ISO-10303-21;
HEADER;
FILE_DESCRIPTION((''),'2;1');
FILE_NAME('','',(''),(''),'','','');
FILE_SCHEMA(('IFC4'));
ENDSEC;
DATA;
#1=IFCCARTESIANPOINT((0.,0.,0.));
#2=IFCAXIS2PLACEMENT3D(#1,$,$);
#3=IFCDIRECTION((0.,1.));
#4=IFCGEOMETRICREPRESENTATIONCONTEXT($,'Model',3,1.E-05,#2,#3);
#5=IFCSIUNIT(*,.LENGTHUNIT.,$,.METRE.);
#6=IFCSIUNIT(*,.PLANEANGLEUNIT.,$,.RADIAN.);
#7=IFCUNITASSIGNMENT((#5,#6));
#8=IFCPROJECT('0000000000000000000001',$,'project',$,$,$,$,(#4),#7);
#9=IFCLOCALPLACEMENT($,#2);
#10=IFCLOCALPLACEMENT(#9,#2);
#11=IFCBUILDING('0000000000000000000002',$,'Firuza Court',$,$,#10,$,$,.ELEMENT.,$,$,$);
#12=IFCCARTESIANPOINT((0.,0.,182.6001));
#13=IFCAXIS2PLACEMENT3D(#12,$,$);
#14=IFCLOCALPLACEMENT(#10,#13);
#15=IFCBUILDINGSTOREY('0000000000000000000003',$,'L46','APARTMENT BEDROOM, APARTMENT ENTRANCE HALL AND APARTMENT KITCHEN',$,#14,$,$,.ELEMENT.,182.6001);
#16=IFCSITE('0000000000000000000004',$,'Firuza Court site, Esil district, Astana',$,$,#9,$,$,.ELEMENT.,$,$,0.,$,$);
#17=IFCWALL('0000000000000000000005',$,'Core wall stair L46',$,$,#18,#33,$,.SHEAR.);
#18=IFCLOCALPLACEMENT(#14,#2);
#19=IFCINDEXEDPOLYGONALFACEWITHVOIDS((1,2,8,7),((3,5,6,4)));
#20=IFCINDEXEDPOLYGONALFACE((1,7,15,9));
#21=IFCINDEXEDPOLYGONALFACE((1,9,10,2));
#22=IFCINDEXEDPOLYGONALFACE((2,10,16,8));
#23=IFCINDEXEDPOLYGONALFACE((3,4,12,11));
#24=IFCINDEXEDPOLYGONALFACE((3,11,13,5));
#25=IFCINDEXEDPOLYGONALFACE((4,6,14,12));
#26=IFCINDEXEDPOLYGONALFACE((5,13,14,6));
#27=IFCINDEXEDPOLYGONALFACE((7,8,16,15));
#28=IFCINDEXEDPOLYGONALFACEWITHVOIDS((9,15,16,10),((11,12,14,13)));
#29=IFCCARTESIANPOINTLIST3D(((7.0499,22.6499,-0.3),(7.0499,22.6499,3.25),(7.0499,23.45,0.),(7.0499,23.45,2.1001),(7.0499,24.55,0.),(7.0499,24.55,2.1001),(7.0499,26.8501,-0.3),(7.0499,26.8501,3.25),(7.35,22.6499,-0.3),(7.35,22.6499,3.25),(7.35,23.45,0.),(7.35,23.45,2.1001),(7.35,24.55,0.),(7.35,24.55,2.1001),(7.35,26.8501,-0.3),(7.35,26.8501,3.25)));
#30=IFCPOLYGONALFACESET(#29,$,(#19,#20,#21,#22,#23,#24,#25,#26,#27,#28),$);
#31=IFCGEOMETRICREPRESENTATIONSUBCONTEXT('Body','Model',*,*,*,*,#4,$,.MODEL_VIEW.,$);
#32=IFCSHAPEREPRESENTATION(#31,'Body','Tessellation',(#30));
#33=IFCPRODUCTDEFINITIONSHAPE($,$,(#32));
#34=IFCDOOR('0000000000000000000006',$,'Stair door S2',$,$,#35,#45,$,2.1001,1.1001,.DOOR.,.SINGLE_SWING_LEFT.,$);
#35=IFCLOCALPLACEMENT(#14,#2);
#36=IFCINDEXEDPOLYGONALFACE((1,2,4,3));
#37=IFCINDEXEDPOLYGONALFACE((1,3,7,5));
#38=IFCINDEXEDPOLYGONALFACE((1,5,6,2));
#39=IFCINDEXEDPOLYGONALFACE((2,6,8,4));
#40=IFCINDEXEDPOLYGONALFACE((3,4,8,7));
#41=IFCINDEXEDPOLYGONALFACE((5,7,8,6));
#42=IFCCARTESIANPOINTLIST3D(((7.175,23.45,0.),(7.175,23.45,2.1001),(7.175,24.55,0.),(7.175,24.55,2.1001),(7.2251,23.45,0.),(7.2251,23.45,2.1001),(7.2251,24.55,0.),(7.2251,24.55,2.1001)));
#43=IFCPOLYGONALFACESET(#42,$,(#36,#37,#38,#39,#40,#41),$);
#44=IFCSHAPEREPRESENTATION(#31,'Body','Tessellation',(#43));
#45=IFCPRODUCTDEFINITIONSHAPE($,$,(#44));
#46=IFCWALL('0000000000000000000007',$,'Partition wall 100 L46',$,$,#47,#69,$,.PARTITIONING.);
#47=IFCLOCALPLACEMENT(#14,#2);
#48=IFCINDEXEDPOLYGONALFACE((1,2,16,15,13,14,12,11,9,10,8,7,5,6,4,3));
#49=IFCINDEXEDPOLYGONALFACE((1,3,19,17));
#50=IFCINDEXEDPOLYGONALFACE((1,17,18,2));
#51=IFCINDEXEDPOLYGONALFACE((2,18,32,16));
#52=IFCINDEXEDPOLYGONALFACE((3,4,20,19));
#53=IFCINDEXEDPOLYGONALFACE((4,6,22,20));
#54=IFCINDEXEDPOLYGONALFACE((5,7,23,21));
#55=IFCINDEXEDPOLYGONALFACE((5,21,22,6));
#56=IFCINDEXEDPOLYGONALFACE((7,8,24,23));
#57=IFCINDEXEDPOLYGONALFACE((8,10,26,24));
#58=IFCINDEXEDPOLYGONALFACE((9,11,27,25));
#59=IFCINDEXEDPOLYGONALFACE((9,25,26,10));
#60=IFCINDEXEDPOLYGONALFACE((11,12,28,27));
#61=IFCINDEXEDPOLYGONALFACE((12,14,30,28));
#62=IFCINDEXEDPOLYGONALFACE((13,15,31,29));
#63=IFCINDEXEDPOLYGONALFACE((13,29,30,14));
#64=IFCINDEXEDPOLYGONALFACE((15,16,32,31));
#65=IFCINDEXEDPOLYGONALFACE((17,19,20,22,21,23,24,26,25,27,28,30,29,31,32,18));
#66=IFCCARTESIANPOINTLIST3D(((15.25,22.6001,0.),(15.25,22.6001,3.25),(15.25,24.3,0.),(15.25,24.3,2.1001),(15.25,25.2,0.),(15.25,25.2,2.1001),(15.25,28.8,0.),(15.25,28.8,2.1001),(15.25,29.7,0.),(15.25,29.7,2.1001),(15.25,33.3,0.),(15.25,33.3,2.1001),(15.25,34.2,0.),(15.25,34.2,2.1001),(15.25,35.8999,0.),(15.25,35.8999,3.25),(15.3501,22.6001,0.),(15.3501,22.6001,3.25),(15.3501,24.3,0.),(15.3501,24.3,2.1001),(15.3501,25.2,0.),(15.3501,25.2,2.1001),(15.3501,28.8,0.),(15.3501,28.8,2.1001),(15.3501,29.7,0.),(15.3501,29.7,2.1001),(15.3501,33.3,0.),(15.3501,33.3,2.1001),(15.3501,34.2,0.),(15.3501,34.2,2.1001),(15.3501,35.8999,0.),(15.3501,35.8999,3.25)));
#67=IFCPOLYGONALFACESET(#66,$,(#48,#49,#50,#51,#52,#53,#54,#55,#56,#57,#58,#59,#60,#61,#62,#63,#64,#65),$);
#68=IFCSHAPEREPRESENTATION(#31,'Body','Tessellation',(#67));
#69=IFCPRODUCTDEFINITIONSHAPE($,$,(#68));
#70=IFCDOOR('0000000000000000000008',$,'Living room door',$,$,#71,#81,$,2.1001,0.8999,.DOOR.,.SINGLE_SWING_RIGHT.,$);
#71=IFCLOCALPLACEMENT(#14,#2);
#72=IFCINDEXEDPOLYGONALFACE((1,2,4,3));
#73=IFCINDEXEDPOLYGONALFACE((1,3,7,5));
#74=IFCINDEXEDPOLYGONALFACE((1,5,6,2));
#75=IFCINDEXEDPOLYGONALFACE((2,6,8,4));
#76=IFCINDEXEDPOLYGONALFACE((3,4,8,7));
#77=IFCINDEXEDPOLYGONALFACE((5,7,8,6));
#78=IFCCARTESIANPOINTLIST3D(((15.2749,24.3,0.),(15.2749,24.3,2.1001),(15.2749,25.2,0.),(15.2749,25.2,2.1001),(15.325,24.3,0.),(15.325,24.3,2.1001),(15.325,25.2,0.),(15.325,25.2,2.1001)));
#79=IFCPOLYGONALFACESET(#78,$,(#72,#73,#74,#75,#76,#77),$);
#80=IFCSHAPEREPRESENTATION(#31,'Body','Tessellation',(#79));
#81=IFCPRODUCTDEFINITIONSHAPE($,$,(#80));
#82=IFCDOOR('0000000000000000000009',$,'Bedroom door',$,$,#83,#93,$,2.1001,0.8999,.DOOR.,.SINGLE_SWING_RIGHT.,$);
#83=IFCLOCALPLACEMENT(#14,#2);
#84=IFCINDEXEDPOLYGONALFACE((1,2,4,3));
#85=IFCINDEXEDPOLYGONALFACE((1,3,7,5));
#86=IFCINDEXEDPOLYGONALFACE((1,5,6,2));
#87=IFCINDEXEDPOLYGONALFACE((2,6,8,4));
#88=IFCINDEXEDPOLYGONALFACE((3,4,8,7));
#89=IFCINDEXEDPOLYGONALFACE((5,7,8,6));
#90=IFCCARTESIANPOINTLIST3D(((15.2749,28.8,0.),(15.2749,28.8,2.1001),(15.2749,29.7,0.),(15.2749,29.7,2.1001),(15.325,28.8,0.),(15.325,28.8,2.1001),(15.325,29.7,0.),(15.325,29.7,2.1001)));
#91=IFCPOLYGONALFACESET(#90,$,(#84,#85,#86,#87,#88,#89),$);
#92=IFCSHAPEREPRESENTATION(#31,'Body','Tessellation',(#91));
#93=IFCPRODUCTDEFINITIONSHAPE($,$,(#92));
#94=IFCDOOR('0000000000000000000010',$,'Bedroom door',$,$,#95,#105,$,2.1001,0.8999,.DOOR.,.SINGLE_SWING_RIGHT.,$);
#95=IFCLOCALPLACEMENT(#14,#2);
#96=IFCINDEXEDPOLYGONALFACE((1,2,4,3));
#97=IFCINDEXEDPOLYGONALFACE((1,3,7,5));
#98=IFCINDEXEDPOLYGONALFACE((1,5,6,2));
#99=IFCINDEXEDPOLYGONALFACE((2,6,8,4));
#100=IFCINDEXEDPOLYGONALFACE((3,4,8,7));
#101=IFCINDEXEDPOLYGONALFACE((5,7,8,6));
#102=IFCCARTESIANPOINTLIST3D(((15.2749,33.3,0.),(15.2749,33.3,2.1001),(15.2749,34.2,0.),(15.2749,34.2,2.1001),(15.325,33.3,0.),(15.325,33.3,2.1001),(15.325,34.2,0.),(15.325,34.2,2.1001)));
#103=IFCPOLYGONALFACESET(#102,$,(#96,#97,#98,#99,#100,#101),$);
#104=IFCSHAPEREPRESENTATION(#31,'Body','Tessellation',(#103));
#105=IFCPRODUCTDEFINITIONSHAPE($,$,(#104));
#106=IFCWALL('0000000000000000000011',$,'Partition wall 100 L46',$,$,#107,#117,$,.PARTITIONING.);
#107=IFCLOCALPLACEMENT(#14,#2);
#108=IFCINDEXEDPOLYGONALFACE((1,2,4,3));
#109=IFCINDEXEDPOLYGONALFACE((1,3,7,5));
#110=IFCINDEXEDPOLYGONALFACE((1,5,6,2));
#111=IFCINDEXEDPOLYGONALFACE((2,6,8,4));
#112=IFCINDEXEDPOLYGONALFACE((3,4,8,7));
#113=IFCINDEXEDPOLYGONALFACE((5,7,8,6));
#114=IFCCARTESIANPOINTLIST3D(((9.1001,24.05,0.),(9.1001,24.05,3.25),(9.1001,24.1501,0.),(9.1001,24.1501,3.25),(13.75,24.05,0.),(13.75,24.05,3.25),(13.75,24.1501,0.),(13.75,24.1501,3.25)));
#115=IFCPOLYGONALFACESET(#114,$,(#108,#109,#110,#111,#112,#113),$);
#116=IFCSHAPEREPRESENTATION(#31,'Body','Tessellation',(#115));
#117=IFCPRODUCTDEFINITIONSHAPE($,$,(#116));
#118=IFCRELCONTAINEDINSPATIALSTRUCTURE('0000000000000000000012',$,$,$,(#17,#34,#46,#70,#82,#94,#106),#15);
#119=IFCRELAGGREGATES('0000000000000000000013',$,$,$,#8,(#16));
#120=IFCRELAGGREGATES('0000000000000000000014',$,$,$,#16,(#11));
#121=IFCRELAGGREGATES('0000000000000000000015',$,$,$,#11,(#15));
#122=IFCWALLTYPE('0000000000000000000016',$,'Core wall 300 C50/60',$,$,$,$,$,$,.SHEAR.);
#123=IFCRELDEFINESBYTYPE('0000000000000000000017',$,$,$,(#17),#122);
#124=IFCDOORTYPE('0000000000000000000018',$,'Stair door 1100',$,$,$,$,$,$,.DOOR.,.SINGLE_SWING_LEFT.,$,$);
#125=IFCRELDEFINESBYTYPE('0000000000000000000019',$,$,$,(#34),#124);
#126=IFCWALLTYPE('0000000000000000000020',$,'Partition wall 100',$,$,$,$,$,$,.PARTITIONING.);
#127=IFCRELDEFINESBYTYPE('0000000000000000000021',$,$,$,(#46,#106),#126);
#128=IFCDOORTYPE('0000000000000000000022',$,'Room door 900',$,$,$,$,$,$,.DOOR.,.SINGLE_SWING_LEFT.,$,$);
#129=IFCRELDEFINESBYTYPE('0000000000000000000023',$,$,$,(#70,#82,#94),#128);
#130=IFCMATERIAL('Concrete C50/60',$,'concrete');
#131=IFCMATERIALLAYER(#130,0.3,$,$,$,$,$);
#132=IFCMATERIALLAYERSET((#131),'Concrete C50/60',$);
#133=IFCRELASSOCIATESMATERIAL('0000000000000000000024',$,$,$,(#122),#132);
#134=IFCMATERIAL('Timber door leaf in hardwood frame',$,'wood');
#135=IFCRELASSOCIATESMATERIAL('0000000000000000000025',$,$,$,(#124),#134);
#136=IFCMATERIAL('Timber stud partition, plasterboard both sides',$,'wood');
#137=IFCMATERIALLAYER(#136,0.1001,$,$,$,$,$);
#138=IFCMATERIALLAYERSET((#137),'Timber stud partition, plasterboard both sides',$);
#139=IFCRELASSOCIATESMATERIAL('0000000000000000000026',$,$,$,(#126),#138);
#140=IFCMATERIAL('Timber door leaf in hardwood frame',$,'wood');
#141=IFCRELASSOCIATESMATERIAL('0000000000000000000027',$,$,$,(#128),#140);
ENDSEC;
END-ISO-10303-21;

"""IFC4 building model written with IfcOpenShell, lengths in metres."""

from ifc_helpers import new_model, si_unit, direction, frame, frame_2d, origin, place, context, subcontext, project, spatial, rectangle, extrude, material, layer, layer_set, type_object, element, fill, save


model = new_model("IFC4")

# Units and contexts
model_context = context("Model", 3, precision=1e-05, world=origin(), true_north=direction((0.0, 1.0)))
body_context = subcontext(model_context, "Body", "Model", "MODEL_VIEW")
ifc_project = project(units=[si_unit("LENGTHUNIT", "METRE"), si_unit("PLANEANGLEUNIT", "RADIAN")], contexts=[model_context])

# Site, building, storey
site_placement = place(None, origin())
site = spatial("IfcSite", under=ifc_project, at=site_placement, Name="Firuza Court site, Esil district, Astana", CompositionType="ELEMENT", RefElevation=0.0)
building_placement = place(site_placement, origin())
building = spatial("IfcBuilding", under=site, at=building_placement, Name="Firuza Court", CompositionType="ELEMENT")
storey_placement = place(building_placement, frame((0.0, 0.0, 182.6001)))
storey = spatial("IfcBuildingStorey", under=building, at=storey_placement, Name="L46", Description="APARTMENT BEDROOM, APARTMENT ENTRANCE HALL AND APARTMENT KITCHEN", CompositionType="ELEMENT", Elevation=182.6001)

# Wall, opening, door
ifc_material_1 = material(Name="Concrete C50/60", Category="concrete")
ifc_layer_1 = layer(ifc_material_1, 0.3)
ifc_layer_set_1 = layer_set([ifc_layer_1], Name="Concrete C50/60")
wall_type_1 = type_object("IfcWallType", Name="Core wall 300 C50/60", PredefinedType="SHEAR", material=ifc_layer_set_1)
wall_1_placement = place(storey_placement, frame((7.2, 22.6499, -0.3), z_axis=(0.0, 0.0, 1.0), x_axis=(0.0, 1.0, 0.0)))
wall_1 = element("IfcWall", 1, at=wall_1_placement, inside=storey, type_object=wall_type_1, Name="Core wall stair L46", PredefinedType="SHEAR", context=body_context, shape_type="SweptSolid", body=[
    extrude(rectangle(XDim=4.2002, YDim=0.3, at=frame_2d((2.1001, 0.0))), origin(), (0.0, 0.0, 1.0), 3.55),
])
opening_1_placement = place(wall_1_placement, frame((0.8, 0.0, 0.3)))
opening_1 = element("IfcOpeningElement", 2, at=opening_1_placement, cuts=wall_1, PredefinedType="OPENING", context=body_context, shape_type="SweptSolid", body=[
    extrude(rectangle(XDim=1.1001, YDim=2.1001, at=frame_2d((0.55, 1.05))), frame((0.0, 0.1621, 0.0), z_axis=(0.0, -1.0, 0.0), x_axis=(1.0, 0.0, 0.0)), (0.0, 0.0, 1.0), 0.324),
])
ifc_material_2 = material(Name="Timber door leaf in hardwood frame", Category="wood")
door_type_1 = type_object("IfcDoorType", Name="Stair door 1100", OperationType="SINGLE_SWING_LEFT", PredefinedType="DOOR", material=ifc_material_2)
door_1_placement = place(opening_1_placement, origin())
door_1 = element("IfcDoor", 3, at=door_1_placement, inside=storey, type_object=door_type_1, Name="Stair door S2", OperationType="SINGLE_SWING_LEFT", OverallHeight=2.1001, OverallWidth=1.1001, PredefinedType="DOOR", context=body_context, shape_type="SweptSolid", body=[
    extrude(rectangle(XDim=1.1001, YDim=2.1001, at=frame_2d((0.55, 1.05))), frame((0.0, 0.0249, 0.0), z_axis=(0.0, -1.0, 0.0), x_axis=(1.0, 0.0, 0.0)), (0.0, 0.0, 1.0), 0.05),
])
fill(opening_1, door_1)

# Wall, openings, doors
ifc_material_3 = material(Name="Timber stud partition, plasterboard both sides", Category="wood")
ifc_layer_2 = layer(ifc_material_3, 0.1001)
ifc_layer_set_2 = layer_set([ifc_layer_2], Name="Timber stud partition, plasterboard both sides")
wall_type_2 = type_object("IfcWallType", Name="Partition wall 100", PredefinedType="PARTITIONING", material=ifc_layer_set_2)
wall_2_placement = place(storey_placement, frame((15.3, 22.6001, 0.0), z_axis=(0.0, 0.0, 1.0), x_axis=(0.0, 1.0, 0.0)))
wall_2 = element("IfcWall", 4, at=wall_2_placement, inside=storey, type_object=wall_type_2, Name="Partition wall 100 L46", PredefinedType="PARTITIONING", context=body_context, shape_type="SweptSolid", body=[
    extrude(rectangle(XDim=13.2998, YDim=0.1001, at=frame_2d((6.6499, 0.0))), origin(), (0.0, 0.0, 1.0), 3.25),
])
opening_2_placement = place(wall_2_placement, frame((1.7, 0.0, 0.0)))
opening_2 = element("IfcOpeningElement", 5, at=opening_2_placement, cuts=wall_2, PredefinedType="OPENING", context=body_context, shape_type="SweptSolid", body=[
    extrude(rectangle(XDim=0.8999, YDim=2.1001, at=frame_2d((0.45, 1.05))), frame((0.0, 0.062, 0.0), z_axis=(0.0, -1.0, 0.0), x_axis=(1.0, 0.0, 0.0)), (0.0, 0.0, 1.0), 0.124),
])
opening_3_placement = place(wall_2_placement, frame((6.2, 0.0, 0.0)))
opening_3 = element("IfcOpeningElement", 6, at=opening_3_placement, cuts=wall_2, PredefinedType="OPENING", context=body_context, shape_type="SweptSolid", body=[
    extrude(rectangle(XDim=0.8999, YDim=2.1001, at=frame_2d((0.45, 1.05))), frame((0.0, 0.062, 0.0), z_axis=(0.0, -1.0, 0.0), x_axis=(1.0, 0.0, 0.0)), (0.0, 0.0, 1.0), 0.124),
])
opening_4_placement = place(wall_2_placement, frame((10.7, 0.0, 0.0)))
opening_4 = element("IfcOpeningElement", 7, at=opening_4_placement, cuts=wall_2, PredefinedType="OPENING", context=body_context, shape_type="SweptSolid", body=[
    extrude(rectangle(XDim=0.8999, YDim=2.1001, at=frame_2d((0.45, 1.05))), frame((0.0, 0.062, 0.0), z_axis=(0.0, -1.0, 0.0), x_axis=(1.0, 0.0, 0.0)), (0.0, 0.0, 1.0), 0.124),
])
ifc_material_4 = material(Name="Timber door leaf in hardwood frame", Category="wood")
door_type_2 = type_object("IfcDoorType", Name="Room door 900", OperationType="SINGLE_SWING_LEFT", PredefinedType="DOOR", material=ifc_material_4)
door_2_placement = place(opening_2_placement, frame((0.8999, 0.0, 0.0), z_axis=(0.0, 0.0, 1.0), x_axis=(-1.0, 0.0, 0.0)))
door_2 = element("IfcDoor", 8, at=door_2_placement, inside=storey, type_object=door_type_2, Name="Living room door", OperationType="SINGLE_SWING_RIGHT", OverallHeight=2.1001, OverallWidth=0.8999, PredefinedType="DOOR", context=body_context, shape_type="SweptSolid", body=[
    extrude(rectangle(XDim=0.8999, YDim=2.1001, at=frame_2d((0.45, 1.05))), frame((0.0, 0.0249, 0.0), z_axis=(0.0, -1.0, 0.0), x_axis=(1.0, 0.0, 0.0)), (0.0, 0.0, 1.0), 0.05),
])
fill(opening_2, door_2)
door_3_placement = place(opening_3_placement, frame((0.8999, 0.0, 0.0), z_axis=(0.0, 0.0, 1.0), x_axis=(-1.0, 0.0, 0.0)))
door_3 = element("IfcDoor", 9, at=door_3_placement, inside=storey, type_object=door_type_2, Name="Bedroom door", OperationType="SINGLE_SWING_RIGHT", OverallHeight=2.1001, OverallWidth=0.8999, PredefinedType="DOOR", context=body_context, shape_type="SweptSolid", body=[
    extrude(rectangle(XDim=0.8999, YDim=2.1001, at=frame_2d((0.45, 1.05))), frame((0.0, 0.0249, 0.0), z_axis=(0.0, -1.0, 0.0), x_axis=(1.0, 0.0, 0.0)), (0.0, 0.0, 1.0), 0.05),
])
fill(opening_3, door_3)
door_4_placement = place(opening_4_placement, frame((0.8999, 0.0, 0.0), z_axis=(0.0, 0.0, 1.0), x_axis=(-1.0, 0.0, 0.0)))
door_4 = element("IfcDoor", 10, at=door_4_placement, inside=storey, type_object=door_type_2, Name="Bedroom door", OperationType="SINGLE_SWING_RIGHT", OverallHeight=2.1001, OverallWidth=0.8999, PredefinedType="DOOR", context=body_context, shape_type="SweptSolid", body=[
    extrude(rectangle(XDim=0.8999, YDim=2.1001, at=frame_2d((0.45, 1.05))), frame((0.0, 0.0249, 0.0), z_axis=(0.0, -1.0, 0.0), x_axis=(1.0, 0.0, 0.0)), (0.0, 0.0, 1.0), 0.05),
])
fill(opening_4, door_4)

# Wall
wall_3_placement = place(storey_placement, frame((9.1001, 24.1001, 0.0), z_axis=(0.0, 0.0, 1.0), x_axis=(1.0, 0.0, 0.0)))
element("IfcWall", 11, at=wall_3_placement, inside=storey, type_object=wall_type_2, Name="Partition wall 100 L46", PredefinedType="PARTITIONING", context=body_context, shape_type="SweptSolid", body=[
    extrude(rectangle(XDim=4.6499, YDim=0.1001, at=frame_2d((2.325, 0.0))), origin(), (0.0, 0.0, 1.0), 3.25),
])

save(model, "model.ifc")
